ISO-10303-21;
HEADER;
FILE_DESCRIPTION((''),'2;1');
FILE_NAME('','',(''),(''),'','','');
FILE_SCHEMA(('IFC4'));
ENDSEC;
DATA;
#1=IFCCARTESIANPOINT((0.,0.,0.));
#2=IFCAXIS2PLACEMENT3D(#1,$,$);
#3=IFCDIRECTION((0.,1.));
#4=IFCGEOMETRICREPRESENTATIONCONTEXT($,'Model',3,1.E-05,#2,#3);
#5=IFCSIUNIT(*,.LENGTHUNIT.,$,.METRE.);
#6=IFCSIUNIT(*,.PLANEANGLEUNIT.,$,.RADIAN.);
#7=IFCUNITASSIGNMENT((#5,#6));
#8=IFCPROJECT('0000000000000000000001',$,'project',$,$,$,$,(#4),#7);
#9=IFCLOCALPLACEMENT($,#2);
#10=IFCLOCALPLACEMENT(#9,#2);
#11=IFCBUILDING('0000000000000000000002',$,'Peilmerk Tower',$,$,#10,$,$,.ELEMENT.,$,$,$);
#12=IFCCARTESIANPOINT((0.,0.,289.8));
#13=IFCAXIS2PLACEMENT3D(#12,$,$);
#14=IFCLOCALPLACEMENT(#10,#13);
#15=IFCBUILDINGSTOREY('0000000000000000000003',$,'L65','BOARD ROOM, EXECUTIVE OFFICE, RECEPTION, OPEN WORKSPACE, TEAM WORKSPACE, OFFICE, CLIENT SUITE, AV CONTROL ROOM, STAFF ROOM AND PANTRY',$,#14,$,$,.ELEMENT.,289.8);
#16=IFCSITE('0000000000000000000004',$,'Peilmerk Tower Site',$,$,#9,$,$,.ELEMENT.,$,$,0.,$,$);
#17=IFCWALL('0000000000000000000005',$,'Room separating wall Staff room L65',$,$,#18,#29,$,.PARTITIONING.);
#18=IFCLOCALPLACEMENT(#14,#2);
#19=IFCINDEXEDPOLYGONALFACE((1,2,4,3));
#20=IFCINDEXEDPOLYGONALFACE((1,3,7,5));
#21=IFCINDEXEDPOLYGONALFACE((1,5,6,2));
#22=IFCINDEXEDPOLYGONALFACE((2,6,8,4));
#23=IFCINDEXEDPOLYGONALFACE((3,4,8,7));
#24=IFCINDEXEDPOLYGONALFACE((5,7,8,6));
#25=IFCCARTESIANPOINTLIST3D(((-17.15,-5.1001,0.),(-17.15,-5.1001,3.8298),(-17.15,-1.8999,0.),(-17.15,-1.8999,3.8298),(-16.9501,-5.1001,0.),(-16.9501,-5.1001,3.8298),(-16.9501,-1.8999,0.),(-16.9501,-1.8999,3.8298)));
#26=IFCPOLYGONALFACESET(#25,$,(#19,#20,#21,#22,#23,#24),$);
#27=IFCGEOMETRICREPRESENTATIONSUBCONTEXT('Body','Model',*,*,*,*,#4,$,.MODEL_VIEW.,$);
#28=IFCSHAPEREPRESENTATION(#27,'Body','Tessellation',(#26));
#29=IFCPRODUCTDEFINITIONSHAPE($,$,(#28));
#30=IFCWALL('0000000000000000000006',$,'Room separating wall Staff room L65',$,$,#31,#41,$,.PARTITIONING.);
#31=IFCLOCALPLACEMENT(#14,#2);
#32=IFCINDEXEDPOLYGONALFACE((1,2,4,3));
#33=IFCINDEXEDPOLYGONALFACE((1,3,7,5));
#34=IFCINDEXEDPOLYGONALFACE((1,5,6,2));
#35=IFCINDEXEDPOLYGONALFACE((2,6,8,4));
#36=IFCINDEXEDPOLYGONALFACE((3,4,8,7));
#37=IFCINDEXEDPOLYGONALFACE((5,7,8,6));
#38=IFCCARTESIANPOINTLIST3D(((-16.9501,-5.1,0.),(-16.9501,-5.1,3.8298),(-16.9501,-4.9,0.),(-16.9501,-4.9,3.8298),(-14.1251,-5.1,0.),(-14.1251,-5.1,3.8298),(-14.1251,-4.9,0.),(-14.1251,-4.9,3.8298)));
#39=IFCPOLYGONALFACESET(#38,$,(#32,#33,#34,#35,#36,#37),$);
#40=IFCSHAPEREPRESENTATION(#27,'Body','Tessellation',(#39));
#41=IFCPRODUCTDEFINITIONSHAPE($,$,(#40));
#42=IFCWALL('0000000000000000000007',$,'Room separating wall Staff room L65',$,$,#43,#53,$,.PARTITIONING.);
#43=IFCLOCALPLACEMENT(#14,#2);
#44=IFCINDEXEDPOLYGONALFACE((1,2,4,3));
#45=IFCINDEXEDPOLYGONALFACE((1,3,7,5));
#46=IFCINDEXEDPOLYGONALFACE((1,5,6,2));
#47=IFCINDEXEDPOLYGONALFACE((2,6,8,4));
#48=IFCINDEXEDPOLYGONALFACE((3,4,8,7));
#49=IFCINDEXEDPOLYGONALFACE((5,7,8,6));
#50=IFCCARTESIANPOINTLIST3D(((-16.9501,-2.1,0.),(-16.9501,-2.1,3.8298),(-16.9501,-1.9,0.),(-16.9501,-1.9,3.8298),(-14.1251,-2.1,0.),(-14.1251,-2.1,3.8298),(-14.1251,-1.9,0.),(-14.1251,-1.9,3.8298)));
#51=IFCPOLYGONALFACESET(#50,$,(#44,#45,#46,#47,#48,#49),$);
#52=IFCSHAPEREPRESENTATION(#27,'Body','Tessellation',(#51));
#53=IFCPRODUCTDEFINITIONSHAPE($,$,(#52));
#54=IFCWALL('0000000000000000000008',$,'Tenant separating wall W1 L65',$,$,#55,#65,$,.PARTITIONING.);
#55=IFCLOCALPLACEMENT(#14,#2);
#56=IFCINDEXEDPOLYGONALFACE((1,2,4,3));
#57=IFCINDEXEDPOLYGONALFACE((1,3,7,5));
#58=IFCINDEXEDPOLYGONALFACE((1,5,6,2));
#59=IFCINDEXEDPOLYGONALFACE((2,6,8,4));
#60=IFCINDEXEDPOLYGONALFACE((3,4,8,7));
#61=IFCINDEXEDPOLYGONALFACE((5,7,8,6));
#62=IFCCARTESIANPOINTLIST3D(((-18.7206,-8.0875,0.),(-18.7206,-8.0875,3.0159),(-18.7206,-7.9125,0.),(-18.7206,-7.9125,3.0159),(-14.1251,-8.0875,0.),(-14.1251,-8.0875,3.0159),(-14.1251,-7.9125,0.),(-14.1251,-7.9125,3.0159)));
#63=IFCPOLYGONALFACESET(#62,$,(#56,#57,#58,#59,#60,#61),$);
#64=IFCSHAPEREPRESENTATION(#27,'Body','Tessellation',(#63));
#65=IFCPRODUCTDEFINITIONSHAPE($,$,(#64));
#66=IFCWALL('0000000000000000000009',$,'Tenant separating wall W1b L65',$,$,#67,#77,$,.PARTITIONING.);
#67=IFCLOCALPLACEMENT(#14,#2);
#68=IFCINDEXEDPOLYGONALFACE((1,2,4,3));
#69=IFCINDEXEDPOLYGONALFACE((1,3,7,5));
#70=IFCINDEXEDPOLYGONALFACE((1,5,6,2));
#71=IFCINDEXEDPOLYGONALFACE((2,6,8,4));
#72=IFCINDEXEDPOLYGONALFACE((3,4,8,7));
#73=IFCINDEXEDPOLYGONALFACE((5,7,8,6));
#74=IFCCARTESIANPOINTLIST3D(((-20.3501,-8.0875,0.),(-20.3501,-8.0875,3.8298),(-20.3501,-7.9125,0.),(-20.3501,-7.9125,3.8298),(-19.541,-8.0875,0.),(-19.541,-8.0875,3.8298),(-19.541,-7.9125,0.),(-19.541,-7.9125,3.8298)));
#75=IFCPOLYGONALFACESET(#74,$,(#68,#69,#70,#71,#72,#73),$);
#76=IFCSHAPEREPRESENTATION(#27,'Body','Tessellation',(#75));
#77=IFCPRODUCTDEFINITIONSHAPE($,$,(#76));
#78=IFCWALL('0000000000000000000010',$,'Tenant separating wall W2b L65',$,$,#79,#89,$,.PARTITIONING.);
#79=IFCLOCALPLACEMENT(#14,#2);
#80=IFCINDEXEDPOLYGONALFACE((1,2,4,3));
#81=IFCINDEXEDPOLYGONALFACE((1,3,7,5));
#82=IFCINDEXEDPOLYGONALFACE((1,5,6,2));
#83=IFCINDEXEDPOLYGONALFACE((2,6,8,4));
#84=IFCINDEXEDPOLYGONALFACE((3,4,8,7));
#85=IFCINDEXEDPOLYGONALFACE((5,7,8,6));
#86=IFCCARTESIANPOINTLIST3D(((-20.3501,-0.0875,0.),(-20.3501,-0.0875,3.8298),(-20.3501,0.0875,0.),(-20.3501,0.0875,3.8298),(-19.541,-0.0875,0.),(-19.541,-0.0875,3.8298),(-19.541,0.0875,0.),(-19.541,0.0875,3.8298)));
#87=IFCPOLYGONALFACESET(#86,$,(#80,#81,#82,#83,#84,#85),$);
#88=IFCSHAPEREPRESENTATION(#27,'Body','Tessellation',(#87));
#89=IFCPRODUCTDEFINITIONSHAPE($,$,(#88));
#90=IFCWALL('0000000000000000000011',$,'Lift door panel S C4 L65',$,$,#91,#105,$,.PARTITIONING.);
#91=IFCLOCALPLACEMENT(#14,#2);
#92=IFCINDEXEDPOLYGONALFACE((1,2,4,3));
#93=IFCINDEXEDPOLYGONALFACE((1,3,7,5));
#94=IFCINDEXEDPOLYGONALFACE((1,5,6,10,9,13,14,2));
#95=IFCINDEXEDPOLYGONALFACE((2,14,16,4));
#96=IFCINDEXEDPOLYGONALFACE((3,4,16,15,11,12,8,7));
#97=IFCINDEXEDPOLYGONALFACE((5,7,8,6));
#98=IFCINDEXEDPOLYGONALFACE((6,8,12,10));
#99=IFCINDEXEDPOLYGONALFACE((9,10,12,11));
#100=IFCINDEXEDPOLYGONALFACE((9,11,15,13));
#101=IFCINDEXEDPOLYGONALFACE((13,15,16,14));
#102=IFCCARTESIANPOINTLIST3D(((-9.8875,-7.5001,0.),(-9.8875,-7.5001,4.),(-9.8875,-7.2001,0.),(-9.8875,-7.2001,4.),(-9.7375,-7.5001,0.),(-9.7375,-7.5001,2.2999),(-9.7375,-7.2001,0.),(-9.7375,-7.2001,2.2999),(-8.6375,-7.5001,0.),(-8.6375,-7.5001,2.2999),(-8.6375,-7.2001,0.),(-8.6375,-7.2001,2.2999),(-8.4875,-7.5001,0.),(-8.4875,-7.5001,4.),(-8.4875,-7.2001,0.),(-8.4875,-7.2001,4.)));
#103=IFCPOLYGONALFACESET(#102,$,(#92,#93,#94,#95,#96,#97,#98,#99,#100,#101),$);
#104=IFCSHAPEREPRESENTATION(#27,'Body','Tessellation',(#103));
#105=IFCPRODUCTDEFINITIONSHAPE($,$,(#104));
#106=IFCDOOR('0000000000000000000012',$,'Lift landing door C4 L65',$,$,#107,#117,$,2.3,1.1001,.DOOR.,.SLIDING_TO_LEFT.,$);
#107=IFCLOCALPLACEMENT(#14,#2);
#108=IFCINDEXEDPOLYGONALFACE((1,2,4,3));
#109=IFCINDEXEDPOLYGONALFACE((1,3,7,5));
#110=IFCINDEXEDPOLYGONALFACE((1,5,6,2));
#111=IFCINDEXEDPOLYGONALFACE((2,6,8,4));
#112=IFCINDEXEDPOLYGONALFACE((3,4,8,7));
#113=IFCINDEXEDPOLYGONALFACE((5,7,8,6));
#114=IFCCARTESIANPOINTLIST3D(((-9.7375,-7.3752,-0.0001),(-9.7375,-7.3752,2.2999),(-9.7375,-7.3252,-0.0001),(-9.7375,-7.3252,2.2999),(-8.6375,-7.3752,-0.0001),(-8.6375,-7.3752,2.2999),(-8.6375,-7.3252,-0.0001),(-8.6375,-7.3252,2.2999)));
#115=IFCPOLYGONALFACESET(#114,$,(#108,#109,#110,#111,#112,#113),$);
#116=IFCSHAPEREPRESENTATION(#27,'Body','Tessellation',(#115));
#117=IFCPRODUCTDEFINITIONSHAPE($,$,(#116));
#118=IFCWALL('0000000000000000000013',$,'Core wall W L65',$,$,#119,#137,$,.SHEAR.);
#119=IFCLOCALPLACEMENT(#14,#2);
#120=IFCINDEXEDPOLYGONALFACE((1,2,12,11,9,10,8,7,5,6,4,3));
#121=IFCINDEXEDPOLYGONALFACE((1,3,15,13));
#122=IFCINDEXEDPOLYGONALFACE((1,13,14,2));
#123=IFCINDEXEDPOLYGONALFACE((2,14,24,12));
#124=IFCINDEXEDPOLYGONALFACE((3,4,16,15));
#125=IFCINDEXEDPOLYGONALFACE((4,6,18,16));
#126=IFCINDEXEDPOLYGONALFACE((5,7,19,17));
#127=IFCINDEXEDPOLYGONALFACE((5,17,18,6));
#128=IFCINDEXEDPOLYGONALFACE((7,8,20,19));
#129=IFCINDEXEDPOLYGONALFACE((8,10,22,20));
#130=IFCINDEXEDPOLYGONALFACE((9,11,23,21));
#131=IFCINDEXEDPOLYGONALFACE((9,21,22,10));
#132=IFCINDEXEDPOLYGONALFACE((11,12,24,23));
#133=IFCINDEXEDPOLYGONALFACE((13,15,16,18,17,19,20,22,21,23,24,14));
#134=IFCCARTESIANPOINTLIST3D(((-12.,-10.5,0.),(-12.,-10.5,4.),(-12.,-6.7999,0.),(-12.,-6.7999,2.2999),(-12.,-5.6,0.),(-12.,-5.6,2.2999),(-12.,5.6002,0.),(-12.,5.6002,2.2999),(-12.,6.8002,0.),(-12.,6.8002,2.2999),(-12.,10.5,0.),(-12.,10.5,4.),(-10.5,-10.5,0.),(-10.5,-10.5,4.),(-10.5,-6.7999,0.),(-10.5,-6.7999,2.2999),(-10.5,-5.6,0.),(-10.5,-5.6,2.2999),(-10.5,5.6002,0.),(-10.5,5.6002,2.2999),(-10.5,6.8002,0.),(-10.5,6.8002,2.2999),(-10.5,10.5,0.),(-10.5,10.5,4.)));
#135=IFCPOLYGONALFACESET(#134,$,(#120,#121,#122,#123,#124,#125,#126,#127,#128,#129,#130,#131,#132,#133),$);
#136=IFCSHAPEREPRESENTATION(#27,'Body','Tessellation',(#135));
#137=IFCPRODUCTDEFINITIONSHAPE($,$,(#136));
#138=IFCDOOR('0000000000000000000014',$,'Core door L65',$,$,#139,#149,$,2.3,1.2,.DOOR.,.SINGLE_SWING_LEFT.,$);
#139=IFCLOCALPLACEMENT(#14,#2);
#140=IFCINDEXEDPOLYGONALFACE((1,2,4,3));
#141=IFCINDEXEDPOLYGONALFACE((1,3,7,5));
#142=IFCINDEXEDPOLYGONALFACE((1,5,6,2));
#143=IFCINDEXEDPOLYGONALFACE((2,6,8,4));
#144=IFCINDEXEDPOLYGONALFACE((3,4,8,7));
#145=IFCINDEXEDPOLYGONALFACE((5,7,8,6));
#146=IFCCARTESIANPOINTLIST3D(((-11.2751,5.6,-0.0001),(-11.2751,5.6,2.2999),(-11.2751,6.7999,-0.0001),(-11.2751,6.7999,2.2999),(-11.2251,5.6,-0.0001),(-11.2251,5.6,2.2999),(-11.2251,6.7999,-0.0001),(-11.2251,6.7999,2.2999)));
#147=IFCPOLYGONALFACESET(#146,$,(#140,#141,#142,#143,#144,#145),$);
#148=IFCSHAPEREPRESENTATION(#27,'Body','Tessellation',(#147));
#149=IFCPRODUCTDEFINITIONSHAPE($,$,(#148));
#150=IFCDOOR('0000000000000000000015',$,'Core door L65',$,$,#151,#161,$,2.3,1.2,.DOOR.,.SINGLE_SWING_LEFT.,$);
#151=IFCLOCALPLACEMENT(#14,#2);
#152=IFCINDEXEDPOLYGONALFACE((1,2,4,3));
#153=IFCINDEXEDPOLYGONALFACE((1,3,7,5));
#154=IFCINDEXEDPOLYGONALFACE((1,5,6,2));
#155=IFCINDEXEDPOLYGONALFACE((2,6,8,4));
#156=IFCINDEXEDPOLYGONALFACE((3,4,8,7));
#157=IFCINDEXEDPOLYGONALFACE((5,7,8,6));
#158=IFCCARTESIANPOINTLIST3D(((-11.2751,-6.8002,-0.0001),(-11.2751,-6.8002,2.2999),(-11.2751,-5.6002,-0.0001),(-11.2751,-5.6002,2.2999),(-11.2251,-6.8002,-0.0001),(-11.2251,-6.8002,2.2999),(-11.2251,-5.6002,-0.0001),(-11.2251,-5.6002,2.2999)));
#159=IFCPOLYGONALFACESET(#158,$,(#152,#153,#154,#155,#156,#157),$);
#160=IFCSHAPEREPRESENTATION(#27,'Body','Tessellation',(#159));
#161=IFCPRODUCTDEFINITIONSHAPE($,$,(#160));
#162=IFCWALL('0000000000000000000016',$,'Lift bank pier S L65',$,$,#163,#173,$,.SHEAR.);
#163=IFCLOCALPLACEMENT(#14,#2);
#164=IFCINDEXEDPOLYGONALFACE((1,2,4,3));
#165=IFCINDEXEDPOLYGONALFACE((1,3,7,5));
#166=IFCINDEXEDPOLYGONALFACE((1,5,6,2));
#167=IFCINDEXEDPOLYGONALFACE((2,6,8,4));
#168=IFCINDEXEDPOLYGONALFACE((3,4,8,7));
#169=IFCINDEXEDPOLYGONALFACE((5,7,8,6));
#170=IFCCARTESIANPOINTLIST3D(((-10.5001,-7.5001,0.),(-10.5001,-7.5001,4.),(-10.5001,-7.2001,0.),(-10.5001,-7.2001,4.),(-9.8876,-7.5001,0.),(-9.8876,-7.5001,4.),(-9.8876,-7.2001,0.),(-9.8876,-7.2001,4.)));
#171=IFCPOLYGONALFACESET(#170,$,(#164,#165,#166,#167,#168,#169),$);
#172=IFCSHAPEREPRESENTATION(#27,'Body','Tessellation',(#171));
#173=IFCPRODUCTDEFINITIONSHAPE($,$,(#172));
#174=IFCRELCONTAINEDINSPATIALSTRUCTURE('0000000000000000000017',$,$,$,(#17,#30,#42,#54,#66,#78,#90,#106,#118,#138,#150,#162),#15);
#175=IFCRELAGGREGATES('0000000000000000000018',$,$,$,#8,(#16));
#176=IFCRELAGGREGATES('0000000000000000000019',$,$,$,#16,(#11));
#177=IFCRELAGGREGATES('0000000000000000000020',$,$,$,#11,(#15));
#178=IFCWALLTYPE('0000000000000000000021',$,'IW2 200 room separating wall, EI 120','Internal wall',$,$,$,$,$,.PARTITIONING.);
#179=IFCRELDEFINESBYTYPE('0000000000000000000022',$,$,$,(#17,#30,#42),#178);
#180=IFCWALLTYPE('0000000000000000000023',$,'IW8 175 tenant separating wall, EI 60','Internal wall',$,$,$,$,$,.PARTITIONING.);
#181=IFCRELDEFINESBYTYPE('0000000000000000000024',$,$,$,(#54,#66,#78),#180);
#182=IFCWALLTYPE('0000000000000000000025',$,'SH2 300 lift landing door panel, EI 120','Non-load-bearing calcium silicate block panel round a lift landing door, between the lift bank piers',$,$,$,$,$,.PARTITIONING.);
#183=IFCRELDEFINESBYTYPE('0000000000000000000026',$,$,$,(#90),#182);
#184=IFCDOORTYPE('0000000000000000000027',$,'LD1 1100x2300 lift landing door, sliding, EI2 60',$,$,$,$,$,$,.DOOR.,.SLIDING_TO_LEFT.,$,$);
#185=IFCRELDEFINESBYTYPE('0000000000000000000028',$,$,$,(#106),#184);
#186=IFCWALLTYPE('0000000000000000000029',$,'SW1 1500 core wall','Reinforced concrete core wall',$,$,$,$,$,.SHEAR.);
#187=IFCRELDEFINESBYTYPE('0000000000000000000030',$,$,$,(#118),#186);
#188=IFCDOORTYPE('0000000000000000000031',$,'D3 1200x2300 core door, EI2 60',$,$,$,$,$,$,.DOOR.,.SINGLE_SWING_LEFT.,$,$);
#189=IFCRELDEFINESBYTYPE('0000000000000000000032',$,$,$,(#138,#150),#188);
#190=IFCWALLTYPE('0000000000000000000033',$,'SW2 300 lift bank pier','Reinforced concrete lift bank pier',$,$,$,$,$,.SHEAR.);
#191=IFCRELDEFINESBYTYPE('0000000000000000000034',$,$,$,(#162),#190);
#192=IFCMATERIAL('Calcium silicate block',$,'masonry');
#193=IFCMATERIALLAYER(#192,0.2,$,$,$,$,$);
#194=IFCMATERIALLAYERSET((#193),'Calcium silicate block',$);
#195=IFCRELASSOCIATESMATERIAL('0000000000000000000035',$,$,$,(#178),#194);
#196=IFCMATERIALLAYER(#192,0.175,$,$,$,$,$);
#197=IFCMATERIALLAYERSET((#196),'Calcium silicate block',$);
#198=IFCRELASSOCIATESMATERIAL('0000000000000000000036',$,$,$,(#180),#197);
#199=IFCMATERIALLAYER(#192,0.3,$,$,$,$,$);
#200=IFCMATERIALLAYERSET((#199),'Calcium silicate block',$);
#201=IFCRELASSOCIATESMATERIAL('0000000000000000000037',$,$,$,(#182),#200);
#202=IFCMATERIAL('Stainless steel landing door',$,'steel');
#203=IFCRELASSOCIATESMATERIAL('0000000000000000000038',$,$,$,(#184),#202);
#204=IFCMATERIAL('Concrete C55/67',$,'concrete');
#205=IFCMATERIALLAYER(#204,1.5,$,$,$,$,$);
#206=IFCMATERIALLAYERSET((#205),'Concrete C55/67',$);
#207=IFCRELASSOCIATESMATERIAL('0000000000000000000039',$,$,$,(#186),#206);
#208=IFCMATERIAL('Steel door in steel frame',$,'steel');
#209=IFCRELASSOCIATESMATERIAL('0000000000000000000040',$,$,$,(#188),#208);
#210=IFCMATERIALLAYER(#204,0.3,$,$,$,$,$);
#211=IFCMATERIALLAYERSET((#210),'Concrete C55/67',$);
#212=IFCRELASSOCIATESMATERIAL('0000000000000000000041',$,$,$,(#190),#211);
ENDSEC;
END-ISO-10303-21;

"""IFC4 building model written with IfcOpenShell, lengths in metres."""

from ifc_helpers import new_model, si_unit, direction, frame, frame_2d, origin, place, context, subcontext, project, spatial, rectangle, extrude, material, layer, layer_set, type_object, element, fill, save


model = new_model("IFC4")

# Units and contexts
model_context = context("Model", 3, precision=1e-05, world=origin(), true_north=direction((0.0, 1.0)))
body_context = subcontext(model_context, "Body", "Model", "MODEL_VIEW")
ifc_project = project(units=[si_unit("LENGTHUNIT", "METRE"), si_unit("PLANEANGLEUNIT", "RADIAN")], contexts=[model_context])

# Site, building, storey
site_placement = place(None, origin())
site = spatial("IfcSite", under=ifc_project, at=site_placement, Name="Peilmerk Tower Site", CompositionType="ELEMENT", RefElevation=0.0)
building_placement = place(site_placement, origin())
building = spatial("IfcBuilding", under=site, at=building_placement, Name="Peilmerk Tower", CompositionType="ELEMENT")
storey_placement = place(building_placement, frame((0.0, 0.0, 289.8)))
storey = spatial("IfcBuildingStorey", under=building, at=storey_placement, Name="L65", Description="BOARD ROOM, EXECUTIVE OFFICE, RECEPTION, OPEN WORKSPACE, TEAM WORKSPACE, OFFICE, CLIENT SUITE, AV CONTROL ROOM, STAFF ROOM AND PANTRY", CompositionType="ELEMENT", Elevation=289.8)

# Walls
ifc_material_1 = material(Name="Calcium silicate block", Category="masonry")
ifc_layer_1 = layer(ifc_material_1, 0.2)
ifc_layer_set_1 = layer_set([ifc_layer_1], Name="Calcium silicate block")
wall_type_1 = type_object("IfcWallType", Name="IW2 200 room separating wall, EI 120", Description="Internal wall", PredefinedType="PARTITIONING", material=ifc_layer_set_1)
wall_1_placement = place(storey_placement, frame((-17.05, -5.1001, 0.0), z_axis=(0.0, 0.0, 1.0), x_axis=(0.0, 1.0, 0.0)))
element("IfcWall", 1, at=wall_1_placement, inside=storey, type_object=wall_type_1, Name="Room separating wall Staff room L65", PredefinedType="PARTITIONING", context=body_context, shape_type="SweptSolid", body=[
    extrude(rectangle(XDim=3.2002, YDim=0.2, at=frame_2d((1.6001, 0.0))), origin(), (0.0, 0.0, 1.0), 3.8298),
])
for number, where, z_axis, x_axis, name in (
    (2, (-14.125, -5.0, 0.0), (0.0, 0.0, 1.0), (-1.0, 0.0, 0.0), "Room separating wall Staff room L65"),
    (3, (-14.125, -2.0, 0.0), (0.0, 0.0, 1.0), (-1.0, 0.0, 0.0), "Room separating wall Staff room L65"),
):
    element("IfcWall", number, at=place(storey_placement, frame(where, z_axis=z_axis, x_axis=x_axis)), inside=storey, type_object=wall_type_1, Name=name, PredefinedType="PARTITIONING", context=body_context, shape_type="SweptSolid", body=[
        extrude(rectangle(XDim=2.825, YDim=0.2, at=frame_2d((1.4126, 0.0))), origin(), (0.0, 0.0, 1.0), 3.8298),
    ])
ifc_layer_2 = layer(ifc_material_1, 0.175)
ifc_layer_set_2 = layer_set([ifc_layer_2], Name="Calcium silicate block")
wall_type_2 = type_object("IfcWallType", Name="IW8 175 tenant separating wall, EI 60", Description="Internal wall", PredefinedType="PARTITIONING", material=ifc_layer_set_2)
wall_2_placement = place(storey_placement, frame((-14.125, -8.0, 0.0), z_axis=(0.0, 0.0, 1.0), x_axis=(-1.0, 0.0, 0.0)))
element("IfcWall", 4, at=wall_2_placement, inside=storey, type_object=wall_type_2, Name="Tenant separating wall W1 L65", PredefinedType="PARTITIONING", context=body_context, shape_type="SweptSolid", body=[
    extrude(rectangle(XDim=4.5955, YDim=0.175, at=frame_2d((2.2979, 0.0))), origin(), (0.0, 0.0, 1.0), 3.0159),
])
for number, where, z_axis, x_axis, name in (
    (5, (-19.541, -8.0, 0.0), (0.0, 0.0, 1.0), (-1.0, 0.0, 0.0), "Tenant separating wall W1b L65"),
    (6, (-19.541, 0.0, 0.0), (0.0, 0.0, 1.0), (-1.0, 0.0, 0.0), "Tenant separating wall W2b L65"),
):
    element("IfcWall", number, at=place(storey_placement, frame(where, z_axis=z_axis, x_axis=x_axis)), inside=storey, type_object=wall_type_2, Name=name, PredefinedType="PARTITIONING", context=body_context, shape_type="SweptSolid", body=[
        extrude(rectangle(XDim=0.8091, YDim=0.175, at=frame_2d((0.4045, 0.0))), origin(), (0.0, 0.0, 1.0), 3.8298),
    ])

# Wall, opening, door
ifc_layer_3 = layer(ifc_material_1, 0.3)
ifc_layer_set_3 = layer_set([ifc_layer_3], Name="Calcium silicate block")
wall_type_3 = type_object("IfcWallType", Name="SH2 300 lift landing door panel, EI 120", Description="Non-load-bearing calcium silicate block panel round a lift landing door, between the lift bank piers", PredefinedType="PARTITIONING", material=ifc_layer_set_3)
wall_3_placement = place(storey_placement, frame((-9.8875, -7.3501, 0.0), z_axis=(0.0, 0.0, 1.0), x_axis=(1.0, 0.0, 0.0)))
wall_3 = element("IfcWall", 7, at=wall_3_placement, inside=storey, type_object=wall_type_3, Name="Lift door panel S C4 L65", PredefinedType="PARTITIONING", context=body_context, shape_type="SweptSolid", body=[
    extrude(rectangle(XDim=1.3999, YDim=0.3, at=frame_2d((0.7, 0.0))), origin(), (0.0, 0.0, 1.0), 4.0),
])
opening_1_placement = place(wall_3_placement, frame((0.1499, 0.0, 0.0)))
opening_1 = element("IfcOpeningElement", 8, at=opening_1_placement, cuts=wall_3, PredefinedType="OPENING", context=body_context, shape_type="SweptSolid", body=[
    extrude(rectangle(XDim=1.1001, YDim=2.3, at=frame_2d((0.55, 1.1499))), frame((0.0, 0.1599, 0.0), z_axis=(0.0, -1.0, 0.0), x_axis=(1.0, 0.0, 0.0)), (0.0, 0.0, 1.0), 0.3201),
])
ifc_material_2 = material(Name="Stainless steel landing door", Category="steel")
door_type_1 = type_object("IfcDoorType", Name="LD1 1100x2300 lift landing door, sliding, EI2 60", OperationType="SLIDING_TO_LEFT", PredefinedType="DOOR", material=ifc_material_2)
door_1_placement = place(opening_1_placement, origin())
door_1 = element("IfcDoor", 9, at=door_1_placement, inside=storey, type_object=door_type_1, Name="Lift landing door C4 L65", OperationType="SLIDING_TO_LEFT", OverallHeight=2.3, OverallWidth=1.1001, PredefinedType="DOOR", context=body_context, shape_type="SweptSolid", body=[
    extrude(rectangle(XDim=1.1001, YDim=2.3, at=frame_2d((0.55, 1.1499))), frame((0.0, 0.0249, 0.0), z_axis=(0.0, -1.0, 0.0), x_axis=(1.0, 0.0, 0.0)), (0.0, 0.0, 1.0), 0.05),
])
fill(opening_1, door_1)

# Wall, openings, doors
ifc_material_3 = material(Name="Concrete C55/67", Category="concrete")
ifc_layer_4 = layer(ifc_material_3, 1.5)
ifc_layer_set_4 = layer_set([ifc_layer_4], Name="Concrete C55/67")
wall_type_4 = type_object("IfcWallType", Name="SW1 1500 core wall", Description="Reinforced concrete core wall", PredefinedType="SHEAR", material=ifc_layer_set_4)
wall_4_placement = place(storey_placement, frame((-11.25, -10.5, 0.0), z_axis=(0.0, 0.0, 1.0), x_axis=(0.0, 1.0, 0.0)))
wall_4 = element("IfcWall", 10, at=wall_4_placement, inside=storey, type_object=wall_type_4, Name="Core wall W L65", PredefinedType="SHEAR", context=body_context, shape_type="SweptSolid", body=[
    extrude(rectangle(XDim=21.0, YDim=1.5, at=frame_2d((10.5, 0.0))), origin(), (0.0, 0.0, 1.0), 4.0),
])
opening_2_placement = place(wall_4_placement, frame((16.1001, 0.0, 0.0)))
opening_2 = element("IfcOpeningElement", 11, at=opening_2_placement, cuts=wall_4, PredefinedType="OPENING", context=body_context, shape_type="SweptSolid", body=[
    extrude(rectangle(XDim=1.2, YDim=2.3, at=frame_2d((0.6001, 1.1499))), frame((0.0, 0.76, 0.0), z_axis=(0.0, -1.0, 0.0), x_axis=(1.0, 0.0, 0.0)), (0.0, 0.0, 1.0), 1.52),
])
opening_3_placement = place(wall_4_placement, frame((3.7, 0.0, 0.0)))
opening_3 = element("IfcOpeningElement", 12, at=opening_3_placement, cuts=wall_4, PredefinedType="OPENING", context=body_context, shape_type="SweptSolid", body=[
    extrude(rectangle(XDim=1.2, YDim=2.3, at=frame_2d((0.6001, 1.1499))), frame((0.0, 0.76, 0.0), z_axis=(0.0, -1.0, 0.0), x_axis=(1.0, 0.0, 0.0)), (0.0, 0.0, 1.0), 1.52),
])
ifc_material_4 = material(Name="Steel door in steel frame", Category="steel")
door_type_2 = type_object("IfcDoorType", Name="D3 1200x2300 core door, EI2 60", OperationType="SINGLE_SWING_LEFT", PredefinedType="DOOR", material=ifc_material_4)
door_2_placement = place(opening_2_placement, frame((1.2, 0.0, 0.0), z_axis=(0.0, 0.0, 1.0), x_axis=(-1.0, 0.0, 0.0)))
door_2 = element("IfcDoor", 13, at=door_2_placement, inside=storey, type_object=door_type_2, Name="Core door L65", OperationType="SINGLE_SWING_LEFT", OverallHeight=2.3, OverallWidth=1.2, PredefinedType="DOOR", context=body_context, shape_type="SweptSolid", body=[
    extrude(rectangle(XDim=1.2, YDim=2.3, at=frame_2d((0.6001, 1.1499))), frame((0.0, 0.0249, 0.0), z_axis=(0.0, -1.0, 0.0), x_axis=(1.0, 0.0, 0.0)), (0.0, 0.0, 1.0), 0.05),
])
fill(opening_2, door_2)
door_3_placement = place(opening_3_placement, frame((1.2, 0.0, 0.0), z_axis=(0.0, 0.0, 1.0), x_axis=(-1.0, 0.0, 0.0)))
door_3 = element("IfcDoor", 14, at=door_3_placement, inside=storey, type_object=door_type_2, Name="Core door L65", OperationType="SINGLE_SWING_LEFT", OverallHeight=2.3, OverallWidth=1.2, PredefinedType="DOOR", context=body_context, shape_type="SweptSolid", body=[
    extrude(rectangle(XDim=1.2, YDim=2.3, at=frame_2d((0.6001, 1.1499))), frame((0.0, 0.0249, 0.0), z_axis=(0.0, -1.0, 0.0), x_axis=(1.0, 0.0, 0.0)), (0.0, 0.0, 1.0), 0.05),
])
fill(opening_3, door_3)

# Wall
ifc_layer_5 = layer(ifc_material_3, 0.3)
ifc_layer_set_5 = layer_set([ifc_layer_5], Name="Concrete C55/67")
wall_type_5 = type_object("IfcWallType", Name="SW2 300 lift bank pier", Description="Reinforced concrete lift bank pier", PredefinedType="SHEAR", material=ifc_layer_set_5)
wall_5_placement = place(storey_placement, frame((-10.5, -7.3501, 0.0), z_axis=(0.0, 0.0, 1.0), x_axis=(1.0, 0.0, 0.0)))
element("IfcWall", 15, at=wall_5_placement, inside=storey, type_object=wall_type_5, Name="Lift bank pier S L65", PredefinedType="SHEAR", context=body_context, shape_type="SweptSolid", body=[
    extrude(rectangle(XDim=0.6125, YDim=0.3, at=frame_2d((0.3062, 0.0))), origin(), (0.0, 0.0, 1.0), 4.0),
])

save(model, "model.ifc")
